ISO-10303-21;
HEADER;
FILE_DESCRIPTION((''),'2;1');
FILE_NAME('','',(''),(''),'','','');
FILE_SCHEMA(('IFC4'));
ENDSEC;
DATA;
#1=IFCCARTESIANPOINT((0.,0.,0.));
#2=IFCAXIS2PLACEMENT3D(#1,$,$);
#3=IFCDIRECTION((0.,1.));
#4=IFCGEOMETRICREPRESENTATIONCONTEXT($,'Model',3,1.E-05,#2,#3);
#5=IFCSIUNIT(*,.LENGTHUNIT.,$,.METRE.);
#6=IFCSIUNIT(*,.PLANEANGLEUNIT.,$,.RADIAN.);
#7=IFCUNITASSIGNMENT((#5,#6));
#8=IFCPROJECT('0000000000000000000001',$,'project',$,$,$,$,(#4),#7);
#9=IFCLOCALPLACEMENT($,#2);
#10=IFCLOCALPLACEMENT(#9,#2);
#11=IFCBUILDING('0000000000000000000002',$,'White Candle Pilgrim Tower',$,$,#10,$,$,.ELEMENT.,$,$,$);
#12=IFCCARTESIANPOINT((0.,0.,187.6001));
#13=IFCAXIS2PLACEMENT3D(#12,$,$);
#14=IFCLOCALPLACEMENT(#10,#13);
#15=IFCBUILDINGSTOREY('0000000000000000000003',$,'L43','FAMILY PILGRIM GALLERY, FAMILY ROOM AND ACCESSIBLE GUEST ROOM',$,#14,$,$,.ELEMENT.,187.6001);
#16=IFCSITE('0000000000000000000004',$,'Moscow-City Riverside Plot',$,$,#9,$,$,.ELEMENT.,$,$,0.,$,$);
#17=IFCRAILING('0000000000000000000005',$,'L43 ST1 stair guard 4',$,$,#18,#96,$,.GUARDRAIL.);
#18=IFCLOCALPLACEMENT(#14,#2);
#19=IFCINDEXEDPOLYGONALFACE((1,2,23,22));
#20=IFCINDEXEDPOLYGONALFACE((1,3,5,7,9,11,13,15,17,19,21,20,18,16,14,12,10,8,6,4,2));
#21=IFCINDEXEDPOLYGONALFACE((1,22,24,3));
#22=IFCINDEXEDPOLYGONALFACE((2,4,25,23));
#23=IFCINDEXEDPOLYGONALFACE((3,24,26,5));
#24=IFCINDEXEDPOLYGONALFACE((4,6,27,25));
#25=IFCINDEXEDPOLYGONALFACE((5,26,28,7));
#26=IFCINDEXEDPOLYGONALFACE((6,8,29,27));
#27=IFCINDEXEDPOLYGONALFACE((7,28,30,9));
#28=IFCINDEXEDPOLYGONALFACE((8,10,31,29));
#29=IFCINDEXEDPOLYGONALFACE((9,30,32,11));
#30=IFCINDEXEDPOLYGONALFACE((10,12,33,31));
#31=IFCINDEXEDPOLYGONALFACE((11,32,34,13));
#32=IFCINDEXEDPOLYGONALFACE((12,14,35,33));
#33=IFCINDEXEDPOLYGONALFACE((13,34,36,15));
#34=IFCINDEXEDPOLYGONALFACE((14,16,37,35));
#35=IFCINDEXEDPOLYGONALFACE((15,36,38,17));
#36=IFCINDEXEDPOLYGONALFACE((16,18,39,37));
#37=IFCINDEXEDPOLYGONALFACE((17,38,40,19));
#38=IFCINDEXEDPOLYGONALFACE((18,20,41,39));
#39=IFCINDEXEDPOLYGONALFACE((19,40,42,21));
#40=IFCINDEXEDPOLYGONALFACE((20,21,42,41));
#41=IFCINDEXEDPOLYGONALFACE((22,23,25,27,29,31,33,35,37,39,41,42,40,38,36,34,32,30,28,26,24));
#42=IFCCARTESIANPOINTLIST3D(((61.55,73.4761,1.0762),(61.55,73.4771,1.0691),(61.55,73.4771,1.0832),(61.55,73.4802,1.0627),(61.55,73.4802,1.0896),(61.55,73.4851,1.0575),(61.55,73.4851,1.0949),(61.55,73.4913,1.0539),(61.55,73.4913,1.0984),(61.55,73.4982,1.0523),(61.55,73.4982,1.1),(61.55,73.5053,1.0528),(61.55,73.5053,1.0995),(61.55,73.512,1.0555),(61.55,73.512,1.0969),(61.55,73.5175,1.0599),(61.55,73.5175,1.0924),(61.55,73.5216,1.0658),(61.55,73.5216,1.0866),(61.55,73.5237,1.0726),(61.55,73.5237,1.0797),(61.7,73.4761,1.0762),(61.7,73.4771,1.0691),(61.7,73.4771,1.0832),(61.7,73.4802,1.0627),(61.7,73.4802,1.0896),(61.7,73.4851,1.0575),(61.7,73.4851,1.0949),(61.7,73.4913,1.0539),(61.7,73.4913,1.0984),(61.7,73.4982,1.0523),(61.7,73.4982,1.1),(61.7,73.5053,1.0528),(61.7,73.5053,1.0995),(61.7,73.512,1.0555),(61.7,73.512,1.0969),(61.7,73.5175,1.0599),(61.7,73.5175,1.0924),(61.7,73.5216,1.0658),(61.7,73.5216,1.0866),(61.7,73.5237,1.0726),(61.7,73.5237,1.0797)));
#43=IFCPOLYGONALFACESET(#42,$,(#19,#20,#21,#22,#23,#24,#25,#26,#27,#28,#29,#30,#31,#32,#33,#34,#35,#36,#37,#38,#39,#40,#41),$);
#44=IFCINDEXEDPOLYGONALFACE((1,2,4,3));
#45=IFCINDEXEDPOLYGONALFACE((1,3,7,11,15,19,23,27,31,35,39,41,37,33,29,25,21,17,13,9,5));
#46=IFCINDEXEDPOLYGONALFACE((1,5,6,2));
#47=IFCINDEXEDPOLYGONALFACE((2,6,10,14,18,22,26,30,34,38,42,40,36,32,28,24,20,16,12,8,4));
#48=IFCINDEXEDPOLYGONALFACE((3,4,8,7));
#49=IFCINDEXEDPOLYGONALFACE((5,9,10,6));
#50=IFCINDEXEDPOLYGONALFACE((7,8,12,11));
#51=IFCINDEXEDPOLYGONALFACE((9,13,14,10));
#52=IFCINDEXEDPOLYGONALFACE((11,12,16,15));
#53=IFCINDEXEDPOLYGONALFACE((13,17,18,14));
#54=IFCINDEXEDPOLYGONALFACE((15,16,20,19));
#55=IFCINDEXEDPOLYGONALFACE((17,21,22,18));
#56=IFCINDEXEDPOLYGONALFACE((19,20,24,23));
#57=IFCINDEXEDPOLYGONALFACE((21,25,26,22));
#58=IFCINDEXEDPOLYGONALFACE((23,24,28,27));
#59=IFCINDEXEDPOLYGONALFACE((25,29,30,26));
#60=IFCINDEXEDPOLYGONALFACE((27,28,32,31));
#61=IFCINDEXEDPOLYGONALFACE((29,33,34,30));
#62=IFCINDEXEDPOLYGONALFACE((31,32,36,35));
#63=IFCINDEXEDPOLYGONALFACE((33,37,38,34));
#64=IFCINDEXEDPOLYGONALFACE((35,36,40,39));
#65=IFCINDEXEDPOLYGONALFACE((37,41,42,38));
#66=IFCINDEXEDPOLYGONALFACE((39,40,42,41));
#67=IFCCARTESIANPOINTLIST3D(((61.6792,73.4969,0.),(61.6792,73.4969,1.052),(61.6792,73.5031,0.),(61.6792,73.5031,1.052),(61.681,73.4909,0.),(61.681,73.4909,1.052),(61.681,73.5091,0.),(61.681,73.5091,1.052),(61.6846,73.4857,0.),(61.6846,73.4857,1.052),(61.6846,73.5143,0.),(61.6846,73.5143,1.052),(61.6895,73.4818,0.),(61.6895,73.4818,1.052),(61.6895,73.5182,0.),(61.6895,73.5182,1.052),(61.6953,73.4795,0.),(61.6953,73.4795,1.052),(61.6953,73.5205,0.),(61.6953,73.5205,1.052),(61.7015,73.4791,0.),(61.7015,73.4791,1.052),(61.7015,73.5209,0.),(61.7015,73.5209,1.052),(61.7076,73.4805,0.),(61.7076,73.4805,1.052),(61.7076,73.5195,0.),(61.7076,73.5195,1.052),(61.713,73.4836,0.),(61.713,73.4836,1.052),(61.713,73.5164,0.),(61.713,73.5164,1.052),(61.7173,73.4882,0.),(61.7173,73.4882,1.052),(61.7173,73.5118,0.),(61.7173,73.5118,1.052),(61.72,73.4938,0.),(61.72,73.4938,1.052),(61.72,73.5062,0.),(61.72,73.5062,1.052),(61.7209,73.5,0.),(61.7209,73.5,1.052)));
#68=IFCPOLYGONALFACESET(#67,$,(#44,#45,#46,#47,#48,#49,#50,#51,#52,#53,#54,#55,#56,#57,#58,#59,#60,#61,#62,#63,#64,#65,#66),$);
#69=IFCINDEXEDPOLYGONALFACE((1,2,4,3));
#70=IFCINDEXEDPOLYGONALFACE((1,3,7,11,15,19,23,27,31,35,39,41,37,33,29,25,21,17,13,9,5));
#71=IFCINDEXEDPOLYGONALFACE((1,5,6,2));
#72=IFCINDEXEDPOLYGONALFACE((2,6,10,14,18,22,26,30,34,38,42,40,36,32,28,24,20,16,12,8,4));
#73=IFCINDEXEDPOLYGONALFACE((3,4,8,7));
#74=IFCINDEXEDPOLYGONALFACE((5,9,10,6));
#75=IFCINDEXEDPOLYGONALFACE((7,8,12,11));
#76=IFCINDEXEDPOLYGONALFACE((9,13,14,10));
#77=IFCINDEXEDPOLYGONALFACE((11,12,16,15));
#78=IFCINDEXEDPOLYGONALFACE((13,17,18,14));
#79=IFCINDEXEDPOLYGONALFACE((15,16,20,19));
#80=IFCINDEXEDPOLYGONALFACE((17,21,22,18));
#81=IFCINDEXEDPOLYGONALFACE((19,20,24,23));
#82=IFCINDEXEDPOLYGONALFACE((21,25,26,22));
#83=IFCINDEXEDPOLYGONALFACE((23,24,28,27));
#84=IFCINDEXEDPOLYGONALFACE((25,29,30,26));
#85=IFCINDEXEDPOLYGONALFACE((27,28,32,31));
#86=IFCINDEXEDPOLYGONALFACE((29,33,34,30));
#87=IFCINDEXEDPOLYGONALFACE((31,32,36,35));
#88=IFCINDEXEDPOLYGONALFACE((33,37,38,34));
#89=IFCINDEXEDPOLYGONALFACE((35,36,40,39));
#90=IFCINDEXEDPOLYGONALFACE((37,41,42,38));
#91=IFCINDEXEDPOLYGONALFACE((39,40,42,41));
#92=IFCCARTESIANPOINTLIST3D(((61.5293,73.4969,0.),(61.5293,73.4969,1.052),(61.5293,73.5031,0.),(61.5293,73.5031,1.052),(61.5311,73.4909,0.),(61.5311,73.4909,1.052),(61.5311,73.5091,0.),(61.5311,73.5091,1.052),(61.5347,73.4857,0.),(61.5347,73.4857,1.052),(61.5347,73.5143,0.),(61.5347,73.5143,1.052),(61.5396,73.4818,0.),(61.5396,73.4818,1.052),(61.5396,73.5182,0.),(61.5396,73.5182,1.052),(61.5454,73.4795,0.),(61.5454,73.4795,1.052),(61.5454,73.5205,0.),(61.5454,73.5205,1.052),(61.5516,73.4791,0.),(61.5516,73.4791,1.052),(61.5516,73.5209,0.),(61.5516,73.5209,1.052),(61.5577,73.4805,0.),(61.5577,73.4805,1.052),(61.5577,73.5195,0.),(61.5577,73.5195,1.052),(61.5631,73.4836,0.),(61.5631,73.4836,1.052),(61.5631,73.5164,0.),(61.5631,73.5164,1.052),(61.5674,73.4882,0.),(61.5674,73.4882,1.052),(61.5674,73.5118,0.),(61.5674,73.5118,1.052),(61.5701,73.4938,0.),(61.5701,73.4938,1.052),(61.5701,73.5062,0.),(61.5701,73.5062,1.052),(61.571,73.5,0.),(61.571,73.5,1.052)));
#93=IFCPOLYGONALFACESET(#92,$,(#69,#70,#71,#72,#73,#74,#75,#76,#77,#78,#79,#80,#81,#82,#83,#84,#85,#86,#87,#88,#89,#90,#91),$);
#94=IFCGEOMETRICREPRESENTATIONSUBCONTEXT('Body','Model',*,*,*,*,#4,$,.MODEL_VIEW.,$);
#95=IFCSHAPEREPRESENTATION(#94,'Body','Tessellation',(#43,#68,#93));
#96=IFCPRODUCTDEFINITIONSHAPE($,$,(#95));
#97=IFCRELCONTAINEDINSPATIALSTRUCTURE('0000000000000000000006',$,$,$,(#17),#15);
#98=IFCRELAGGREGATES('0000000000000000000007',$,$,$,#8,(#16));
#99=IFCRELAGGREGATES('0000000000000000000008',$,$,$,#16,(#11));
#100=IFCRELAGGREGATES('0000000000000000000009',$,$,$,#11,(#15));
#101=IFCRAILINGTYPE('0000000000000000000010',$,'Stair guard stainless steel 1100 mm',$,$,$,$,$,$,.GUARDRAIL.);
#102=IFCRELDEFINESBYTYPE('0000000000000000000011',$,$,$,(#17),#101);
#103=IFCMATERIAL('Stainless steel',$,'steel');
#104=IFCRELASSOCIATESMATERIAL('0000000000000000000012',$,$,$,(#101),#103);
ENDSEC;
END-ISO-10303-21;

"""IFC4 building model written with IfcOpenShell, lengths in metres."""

from ifc_helpers import new_model, si_unit, direction, frame, origin, origin_2d, place, context, subcontext, project, spatial, circle, extrude, material, type_object, element, save


model = new_model("IFC4")

# Units and contexts
model_context = context("Model", 3, precision=1e-05, world=origin(), true_north=direction((0.0, 1.0)))
body_context = subcontext(model_context, "Body", "Model", "MODEL_VIEW")
ifc_project = project(units=[si_unit("LENGTHUNIT", "METRE"), si_unit("PLANEANGLEUNIT", "RADIAN")], contexts=[model_context])

# Site, building, storey
site_placement = place(None, origin())
site = spatial("IfcSite", under=ifc_project, at=site_placement, Name="Moscow-City Riverside Plot", CompositionType="ELEMENT", RefElevation=0.0)
building_placement = place(site_placement, origin())
building = spatial("IfcBuilding", under=site, at=building_placement, Name="White Candle Pilgrim Tower", CompositionType="ELEMENT")
storey_placement = place(building_placement, frame((0.0, 0.0, 187.6001)))
storey = spatial("IfcBuildingStorey", under=building, at=storey_placement, Name="L43", Description="FAMILY PILGRIM GALLERY, FAMILY ROOM AND ACCESSIBLE GUEST ROOM", CompositionType="ELEMENT", Elevation=187.6001)

# Railing
ifc_material_1 = material(Name="Stainless steel", Category="steel")
railing_type_1 = type_object("IfcRailingType", Name="Stair guard stainless steel 1100 mm", PredefinedType="GUARDRAIL", material=ifc_material_1)
railing_1_placement = place(storey_placement, frame((61.7, 73.5, 0.0)))
element("IfcRailing", 1, at=railing_1_placement, inside=storey, type_object=railing_type_1, Name="L43 ST1 stair guard 4", PredefinedType="GUARDRAIL", context=body_context, shape_type="SweptSolid", body=[
    extrude(circle(Radius=0.0239, at=origin_2d()), frame((0.0, 0.0, 1.0762), z_axis=(-1.0, 0.0, 0.0), x_axis=(0.0, -1.0, 0.0)), (0.0, 0.0, 1.0), 0.1499),
    extrude(circle(Radius=0.021, at=origin_2d()), origin(), (0.0, 0.0, 1.0), 1.052),
    extrude(circle(Radius=0.021, at=origin_2d()), frame((-0.1499, 0.0, 0.0)), (0.0, 0.0, 1.0), 1.052),
])

save(model, "model.ifc")
